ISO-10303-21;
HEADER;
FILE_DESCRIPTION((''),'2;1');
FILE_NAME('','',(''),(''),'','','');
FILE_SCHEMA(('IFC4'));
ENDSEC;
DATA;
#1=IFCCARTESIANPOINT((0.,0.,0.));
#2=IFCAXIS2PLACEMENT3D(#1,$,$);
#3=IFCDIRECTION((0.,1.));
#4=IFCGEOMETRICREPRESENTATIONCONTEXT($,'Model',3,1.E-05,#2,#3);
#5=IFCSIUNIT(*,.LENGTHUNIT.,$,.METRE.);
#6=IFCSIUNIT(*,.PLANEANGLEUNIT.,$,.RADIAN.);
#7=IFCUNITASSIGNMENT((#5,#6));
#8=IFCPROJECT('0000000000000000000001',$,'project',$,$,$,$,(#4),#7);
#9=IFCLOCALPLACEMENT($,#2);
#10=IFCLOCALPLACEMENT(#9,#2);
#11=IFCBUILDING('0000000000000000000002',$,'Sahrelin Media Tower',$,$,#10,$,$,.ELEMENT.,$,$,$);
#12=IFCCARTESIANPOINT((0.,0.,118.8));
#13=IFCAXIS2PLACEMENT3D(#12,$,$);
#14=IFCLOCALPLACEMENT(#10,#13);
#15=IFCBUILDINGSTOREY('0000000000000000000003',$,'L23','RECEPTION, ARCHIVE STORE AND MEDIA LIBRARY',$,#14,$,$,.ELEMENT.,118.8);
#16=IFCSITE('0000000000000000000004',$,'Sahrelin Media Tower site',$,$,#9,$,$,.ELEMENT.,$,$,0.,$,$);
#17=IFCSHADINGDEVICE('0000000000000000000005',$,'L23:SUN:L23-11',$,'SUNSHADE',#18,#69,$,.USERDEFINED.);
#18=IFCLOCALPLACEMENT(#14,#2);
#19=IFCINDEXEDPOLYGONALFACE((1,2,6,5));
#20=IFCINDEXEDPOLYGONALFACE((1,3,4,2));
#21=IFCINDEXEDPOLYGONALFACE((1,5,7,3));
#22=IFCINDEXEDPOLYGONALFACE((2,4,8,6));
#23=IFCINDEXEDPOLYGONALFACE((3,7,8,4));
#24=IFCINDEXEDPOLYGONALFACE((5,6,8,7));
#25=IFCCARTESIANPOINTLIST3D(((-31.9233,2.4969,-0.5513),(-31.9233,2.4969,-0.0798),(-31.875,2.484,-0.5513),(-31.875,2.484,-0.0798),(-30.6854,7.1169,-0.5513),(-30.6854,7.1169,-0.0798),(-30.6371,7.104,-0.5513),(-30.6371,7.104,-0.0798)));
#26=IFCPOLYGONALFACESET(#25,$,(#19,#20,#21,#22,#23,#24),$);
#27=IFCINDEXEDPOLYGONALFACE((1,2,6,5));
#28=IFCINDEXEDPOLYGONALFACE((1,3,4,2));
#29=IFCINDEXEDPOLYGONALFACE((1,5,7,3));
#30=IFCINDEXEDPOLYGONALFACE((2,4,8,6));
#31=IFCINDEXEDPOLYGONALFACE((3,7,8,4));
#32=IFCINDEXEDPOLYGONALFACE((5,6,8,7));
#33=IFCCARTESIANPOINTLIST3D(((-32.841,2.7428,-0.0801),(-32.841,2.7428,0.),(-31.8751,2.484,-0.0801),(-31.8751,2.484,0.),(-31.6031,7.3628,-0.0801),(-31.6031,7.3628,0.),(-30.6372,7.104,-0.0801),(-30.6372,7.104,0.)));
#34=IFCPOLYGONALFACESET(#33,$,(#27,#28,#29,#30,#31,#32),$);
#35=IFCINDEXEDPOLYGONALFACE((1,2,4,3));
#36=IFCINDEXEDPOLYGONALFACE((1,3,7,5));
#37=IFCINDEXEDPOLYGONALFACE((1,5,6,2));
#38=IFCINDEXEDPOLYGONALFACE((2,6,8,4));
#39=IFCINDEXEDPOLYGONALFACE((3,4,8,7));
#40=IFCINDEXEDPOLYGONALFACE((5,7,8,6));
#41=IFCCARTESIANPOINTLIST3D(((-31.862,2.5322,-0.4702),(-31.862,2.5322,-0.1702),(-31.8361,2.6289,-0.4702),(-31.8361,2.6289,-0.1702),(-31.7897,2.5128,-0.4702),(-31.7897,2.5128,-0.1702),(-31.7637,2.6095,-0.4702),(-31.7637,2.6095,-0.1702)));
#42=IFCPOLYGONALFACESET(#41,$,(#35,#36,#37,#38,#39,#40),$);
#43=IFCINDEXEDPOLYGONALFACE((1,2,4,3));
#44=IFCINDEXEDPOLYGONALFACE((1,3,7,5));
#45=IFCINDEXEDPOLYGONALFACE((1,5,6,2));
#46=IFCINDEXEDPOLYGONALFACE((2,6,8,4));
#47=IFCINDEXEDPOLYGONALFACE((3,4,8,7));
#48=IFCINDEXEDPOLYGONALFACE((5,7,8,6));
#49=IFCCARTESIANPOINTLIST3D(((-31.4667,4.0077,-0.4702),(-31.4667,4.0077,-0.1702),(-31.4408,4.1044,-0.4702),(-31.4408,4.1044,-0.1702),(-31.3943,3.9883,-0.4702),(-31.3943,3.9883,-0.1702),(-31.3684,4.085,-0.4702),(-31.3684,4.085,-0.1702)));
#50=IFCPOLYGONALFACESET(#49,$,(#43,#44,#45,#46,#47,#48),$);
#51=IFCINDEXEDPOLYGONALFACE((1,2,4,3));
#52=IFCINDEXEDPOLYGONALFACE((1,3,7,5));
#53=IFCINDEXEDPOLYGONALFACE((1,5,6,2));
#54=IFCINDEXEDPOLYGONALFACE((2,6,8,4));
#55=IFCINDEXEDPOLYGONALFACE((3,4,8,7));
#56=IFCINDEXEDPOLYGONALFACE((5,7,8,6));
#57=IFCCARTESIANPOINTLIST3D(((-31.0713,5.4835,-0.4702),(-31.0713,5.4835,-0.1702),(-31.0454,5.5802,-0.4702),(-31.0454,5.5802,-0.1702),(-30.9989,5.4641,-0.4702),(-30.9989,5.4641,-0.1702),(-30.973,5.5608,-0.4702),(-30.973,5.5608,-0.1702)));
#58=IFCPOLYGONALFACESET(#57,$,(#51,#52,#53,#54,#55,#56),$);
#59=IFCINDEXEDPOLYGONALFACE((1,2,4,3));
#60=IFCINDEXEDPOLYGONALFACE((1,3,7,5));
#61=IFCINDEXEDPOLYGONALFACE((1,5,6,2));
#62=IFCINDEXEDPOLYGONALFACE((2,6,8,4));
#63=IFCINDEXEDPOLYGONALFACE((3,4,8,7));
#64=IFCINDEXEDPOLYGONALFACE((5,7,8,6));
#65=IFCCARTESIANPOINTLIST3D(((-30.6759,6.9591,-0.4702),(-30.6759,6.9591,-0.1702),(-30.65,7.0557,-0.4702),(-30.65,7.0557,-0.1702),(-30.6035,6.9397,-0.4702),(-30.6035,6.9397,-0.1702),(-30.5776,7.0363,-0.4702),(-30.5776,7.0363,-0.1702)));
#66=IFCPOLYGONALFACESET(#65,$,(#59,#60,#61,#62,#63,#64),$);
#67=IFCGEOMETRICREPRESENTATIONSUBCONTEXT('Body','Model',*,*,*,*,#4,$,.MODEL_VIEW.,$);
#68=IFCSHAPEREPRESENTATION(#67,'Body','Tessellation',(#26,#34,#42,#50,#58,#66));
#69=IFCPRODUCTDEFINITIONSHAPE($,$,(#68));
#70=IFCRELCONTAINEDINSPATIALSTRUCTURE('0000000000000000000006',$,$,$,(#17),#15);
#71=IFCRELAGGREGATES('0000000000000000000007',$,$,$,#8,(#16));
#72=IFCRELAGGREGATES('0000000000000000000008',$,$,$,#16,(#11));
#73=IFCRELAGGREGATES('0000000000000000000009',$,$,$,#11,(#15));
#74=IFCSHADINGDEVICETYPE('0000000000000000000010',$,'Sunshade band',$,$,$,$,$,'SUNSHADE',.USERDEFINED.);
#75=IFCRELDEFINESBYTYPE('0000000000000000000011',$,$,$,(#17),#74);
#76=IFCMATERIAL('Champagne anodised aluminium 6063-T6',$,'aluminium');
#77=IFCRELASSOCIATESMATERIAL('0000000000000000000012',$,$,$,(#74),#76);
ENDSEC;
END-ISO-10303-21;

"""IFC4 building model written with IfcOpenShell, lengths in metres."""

from ifc_helpers import new_model, si_unit, direction, frame, origin, origin_2d, place, context, subcontext, project, spatial, rectangle, extrude, material, type_object, element, save


model = new_model("IFC4")

# Units and contexts
model_context = context("Model", 3, precision=1e-05, world=origin(), true_north=direction((0.0, 1.0)))
body_context = subcontext(model_context, "Body", "Model", "MODEL_VIEW")
ifc_project = project(units=[si_unit("LENGTHUNIT", "METRE"), si_unit("PLANEANGLEUNIT", "RADIAN")], contexts=[model_context])

# Site, building, storey
site_placement = place(None, origin())
site = spatial("IfcSite", under=ifc_project, at=site_placement, Name="Sahrelin Media Tower site", CompositionType="ELEMENT", RefElevation=0.0)
building_placement = place(site_placement, origin())
building = spatial("IfcBuilding", under=site, at=building_placement, Name="Sahrelin Media Tower", CompositionType="ELEMENT")
storey_placement = place(building_placement, frame((0.0, 0.0, 118.8)))
storey = spatial("IfcBuildingStorey", under=building, at=storey_placement, Name="L23", Description="RECEPTION, ARCHIVE STORE AND MEDIA LIBRARY", CompositionType="ELEMENT", Elevation=118.8)

# Shared definitions
ifc_material_1 = material(Name="Champagne anodised aluminium 6063-T6", Category="aluminium")

# Shading device
placement_1 = place(storey_placement, frame((-31.2368, 4.7888, 0.0), z_axis=(0.0, 0.0, 1.0), x_axis=(0.258808, 0.965929, 0.0)))
shading_device_type_1 = type_object("IfcShadingDeviceType", Name="Sunshade band", ElementType="SUNSHADE", PredefinedType="USERDEFINED", material=ifc_material_1)
element("IfcShadingDevice", 1, at=placement_1, inside=storey, type_object=shading_device_type_1, Name="L23:SUN:L23-11", ObjectType="SUNSHADE", PredefinedType="USERDEFINED", context=body_context, shape_type="SweptSolid", body=[
    extrude(rectangle(XDim=4.783, YDim=0.05, at=origin_2d()), frame((0.0, 0.0449, -0.5513)), (0.0, 0.0, 1.0), 0.4714),
    extrude(rectangle(XDim=4.783, YDim=1.0, at=origin_2d()), frame((0.0, 0.52, -0.0801)), (0.0, 0.0, 1.0), 0.0801),
    extrude(rectangle(XDim=0.1001, YDim=0.075, at=origin_2d()), frame((-2.2915, -0.0176, -0.4702)), (0.0, 0.0, 1.0), 0.3),
    extrude(rectangle(XDim=0.1001, YDim=0.075, at=origin_2d()), frame((-0.7639, -0.0176, -0.4702)), (0.0, 0.0, 1.0), 0.3),
    extrude(rectangle(XDim=0.1001, YDim=0.075, at=origin_2d()), frame((0.7639, -0.0176, -0.4702)), (0.0, 0.0, 1.0), 0.3),
    extrude(rectangle(XDim=0.1001, YDim=0.075, at=origin_2d()), frame((2.2915, -0.0176, -0.4702)), (0.0, 0.0, 1.0), 0.3),
])

save(model, "model.ifc")
